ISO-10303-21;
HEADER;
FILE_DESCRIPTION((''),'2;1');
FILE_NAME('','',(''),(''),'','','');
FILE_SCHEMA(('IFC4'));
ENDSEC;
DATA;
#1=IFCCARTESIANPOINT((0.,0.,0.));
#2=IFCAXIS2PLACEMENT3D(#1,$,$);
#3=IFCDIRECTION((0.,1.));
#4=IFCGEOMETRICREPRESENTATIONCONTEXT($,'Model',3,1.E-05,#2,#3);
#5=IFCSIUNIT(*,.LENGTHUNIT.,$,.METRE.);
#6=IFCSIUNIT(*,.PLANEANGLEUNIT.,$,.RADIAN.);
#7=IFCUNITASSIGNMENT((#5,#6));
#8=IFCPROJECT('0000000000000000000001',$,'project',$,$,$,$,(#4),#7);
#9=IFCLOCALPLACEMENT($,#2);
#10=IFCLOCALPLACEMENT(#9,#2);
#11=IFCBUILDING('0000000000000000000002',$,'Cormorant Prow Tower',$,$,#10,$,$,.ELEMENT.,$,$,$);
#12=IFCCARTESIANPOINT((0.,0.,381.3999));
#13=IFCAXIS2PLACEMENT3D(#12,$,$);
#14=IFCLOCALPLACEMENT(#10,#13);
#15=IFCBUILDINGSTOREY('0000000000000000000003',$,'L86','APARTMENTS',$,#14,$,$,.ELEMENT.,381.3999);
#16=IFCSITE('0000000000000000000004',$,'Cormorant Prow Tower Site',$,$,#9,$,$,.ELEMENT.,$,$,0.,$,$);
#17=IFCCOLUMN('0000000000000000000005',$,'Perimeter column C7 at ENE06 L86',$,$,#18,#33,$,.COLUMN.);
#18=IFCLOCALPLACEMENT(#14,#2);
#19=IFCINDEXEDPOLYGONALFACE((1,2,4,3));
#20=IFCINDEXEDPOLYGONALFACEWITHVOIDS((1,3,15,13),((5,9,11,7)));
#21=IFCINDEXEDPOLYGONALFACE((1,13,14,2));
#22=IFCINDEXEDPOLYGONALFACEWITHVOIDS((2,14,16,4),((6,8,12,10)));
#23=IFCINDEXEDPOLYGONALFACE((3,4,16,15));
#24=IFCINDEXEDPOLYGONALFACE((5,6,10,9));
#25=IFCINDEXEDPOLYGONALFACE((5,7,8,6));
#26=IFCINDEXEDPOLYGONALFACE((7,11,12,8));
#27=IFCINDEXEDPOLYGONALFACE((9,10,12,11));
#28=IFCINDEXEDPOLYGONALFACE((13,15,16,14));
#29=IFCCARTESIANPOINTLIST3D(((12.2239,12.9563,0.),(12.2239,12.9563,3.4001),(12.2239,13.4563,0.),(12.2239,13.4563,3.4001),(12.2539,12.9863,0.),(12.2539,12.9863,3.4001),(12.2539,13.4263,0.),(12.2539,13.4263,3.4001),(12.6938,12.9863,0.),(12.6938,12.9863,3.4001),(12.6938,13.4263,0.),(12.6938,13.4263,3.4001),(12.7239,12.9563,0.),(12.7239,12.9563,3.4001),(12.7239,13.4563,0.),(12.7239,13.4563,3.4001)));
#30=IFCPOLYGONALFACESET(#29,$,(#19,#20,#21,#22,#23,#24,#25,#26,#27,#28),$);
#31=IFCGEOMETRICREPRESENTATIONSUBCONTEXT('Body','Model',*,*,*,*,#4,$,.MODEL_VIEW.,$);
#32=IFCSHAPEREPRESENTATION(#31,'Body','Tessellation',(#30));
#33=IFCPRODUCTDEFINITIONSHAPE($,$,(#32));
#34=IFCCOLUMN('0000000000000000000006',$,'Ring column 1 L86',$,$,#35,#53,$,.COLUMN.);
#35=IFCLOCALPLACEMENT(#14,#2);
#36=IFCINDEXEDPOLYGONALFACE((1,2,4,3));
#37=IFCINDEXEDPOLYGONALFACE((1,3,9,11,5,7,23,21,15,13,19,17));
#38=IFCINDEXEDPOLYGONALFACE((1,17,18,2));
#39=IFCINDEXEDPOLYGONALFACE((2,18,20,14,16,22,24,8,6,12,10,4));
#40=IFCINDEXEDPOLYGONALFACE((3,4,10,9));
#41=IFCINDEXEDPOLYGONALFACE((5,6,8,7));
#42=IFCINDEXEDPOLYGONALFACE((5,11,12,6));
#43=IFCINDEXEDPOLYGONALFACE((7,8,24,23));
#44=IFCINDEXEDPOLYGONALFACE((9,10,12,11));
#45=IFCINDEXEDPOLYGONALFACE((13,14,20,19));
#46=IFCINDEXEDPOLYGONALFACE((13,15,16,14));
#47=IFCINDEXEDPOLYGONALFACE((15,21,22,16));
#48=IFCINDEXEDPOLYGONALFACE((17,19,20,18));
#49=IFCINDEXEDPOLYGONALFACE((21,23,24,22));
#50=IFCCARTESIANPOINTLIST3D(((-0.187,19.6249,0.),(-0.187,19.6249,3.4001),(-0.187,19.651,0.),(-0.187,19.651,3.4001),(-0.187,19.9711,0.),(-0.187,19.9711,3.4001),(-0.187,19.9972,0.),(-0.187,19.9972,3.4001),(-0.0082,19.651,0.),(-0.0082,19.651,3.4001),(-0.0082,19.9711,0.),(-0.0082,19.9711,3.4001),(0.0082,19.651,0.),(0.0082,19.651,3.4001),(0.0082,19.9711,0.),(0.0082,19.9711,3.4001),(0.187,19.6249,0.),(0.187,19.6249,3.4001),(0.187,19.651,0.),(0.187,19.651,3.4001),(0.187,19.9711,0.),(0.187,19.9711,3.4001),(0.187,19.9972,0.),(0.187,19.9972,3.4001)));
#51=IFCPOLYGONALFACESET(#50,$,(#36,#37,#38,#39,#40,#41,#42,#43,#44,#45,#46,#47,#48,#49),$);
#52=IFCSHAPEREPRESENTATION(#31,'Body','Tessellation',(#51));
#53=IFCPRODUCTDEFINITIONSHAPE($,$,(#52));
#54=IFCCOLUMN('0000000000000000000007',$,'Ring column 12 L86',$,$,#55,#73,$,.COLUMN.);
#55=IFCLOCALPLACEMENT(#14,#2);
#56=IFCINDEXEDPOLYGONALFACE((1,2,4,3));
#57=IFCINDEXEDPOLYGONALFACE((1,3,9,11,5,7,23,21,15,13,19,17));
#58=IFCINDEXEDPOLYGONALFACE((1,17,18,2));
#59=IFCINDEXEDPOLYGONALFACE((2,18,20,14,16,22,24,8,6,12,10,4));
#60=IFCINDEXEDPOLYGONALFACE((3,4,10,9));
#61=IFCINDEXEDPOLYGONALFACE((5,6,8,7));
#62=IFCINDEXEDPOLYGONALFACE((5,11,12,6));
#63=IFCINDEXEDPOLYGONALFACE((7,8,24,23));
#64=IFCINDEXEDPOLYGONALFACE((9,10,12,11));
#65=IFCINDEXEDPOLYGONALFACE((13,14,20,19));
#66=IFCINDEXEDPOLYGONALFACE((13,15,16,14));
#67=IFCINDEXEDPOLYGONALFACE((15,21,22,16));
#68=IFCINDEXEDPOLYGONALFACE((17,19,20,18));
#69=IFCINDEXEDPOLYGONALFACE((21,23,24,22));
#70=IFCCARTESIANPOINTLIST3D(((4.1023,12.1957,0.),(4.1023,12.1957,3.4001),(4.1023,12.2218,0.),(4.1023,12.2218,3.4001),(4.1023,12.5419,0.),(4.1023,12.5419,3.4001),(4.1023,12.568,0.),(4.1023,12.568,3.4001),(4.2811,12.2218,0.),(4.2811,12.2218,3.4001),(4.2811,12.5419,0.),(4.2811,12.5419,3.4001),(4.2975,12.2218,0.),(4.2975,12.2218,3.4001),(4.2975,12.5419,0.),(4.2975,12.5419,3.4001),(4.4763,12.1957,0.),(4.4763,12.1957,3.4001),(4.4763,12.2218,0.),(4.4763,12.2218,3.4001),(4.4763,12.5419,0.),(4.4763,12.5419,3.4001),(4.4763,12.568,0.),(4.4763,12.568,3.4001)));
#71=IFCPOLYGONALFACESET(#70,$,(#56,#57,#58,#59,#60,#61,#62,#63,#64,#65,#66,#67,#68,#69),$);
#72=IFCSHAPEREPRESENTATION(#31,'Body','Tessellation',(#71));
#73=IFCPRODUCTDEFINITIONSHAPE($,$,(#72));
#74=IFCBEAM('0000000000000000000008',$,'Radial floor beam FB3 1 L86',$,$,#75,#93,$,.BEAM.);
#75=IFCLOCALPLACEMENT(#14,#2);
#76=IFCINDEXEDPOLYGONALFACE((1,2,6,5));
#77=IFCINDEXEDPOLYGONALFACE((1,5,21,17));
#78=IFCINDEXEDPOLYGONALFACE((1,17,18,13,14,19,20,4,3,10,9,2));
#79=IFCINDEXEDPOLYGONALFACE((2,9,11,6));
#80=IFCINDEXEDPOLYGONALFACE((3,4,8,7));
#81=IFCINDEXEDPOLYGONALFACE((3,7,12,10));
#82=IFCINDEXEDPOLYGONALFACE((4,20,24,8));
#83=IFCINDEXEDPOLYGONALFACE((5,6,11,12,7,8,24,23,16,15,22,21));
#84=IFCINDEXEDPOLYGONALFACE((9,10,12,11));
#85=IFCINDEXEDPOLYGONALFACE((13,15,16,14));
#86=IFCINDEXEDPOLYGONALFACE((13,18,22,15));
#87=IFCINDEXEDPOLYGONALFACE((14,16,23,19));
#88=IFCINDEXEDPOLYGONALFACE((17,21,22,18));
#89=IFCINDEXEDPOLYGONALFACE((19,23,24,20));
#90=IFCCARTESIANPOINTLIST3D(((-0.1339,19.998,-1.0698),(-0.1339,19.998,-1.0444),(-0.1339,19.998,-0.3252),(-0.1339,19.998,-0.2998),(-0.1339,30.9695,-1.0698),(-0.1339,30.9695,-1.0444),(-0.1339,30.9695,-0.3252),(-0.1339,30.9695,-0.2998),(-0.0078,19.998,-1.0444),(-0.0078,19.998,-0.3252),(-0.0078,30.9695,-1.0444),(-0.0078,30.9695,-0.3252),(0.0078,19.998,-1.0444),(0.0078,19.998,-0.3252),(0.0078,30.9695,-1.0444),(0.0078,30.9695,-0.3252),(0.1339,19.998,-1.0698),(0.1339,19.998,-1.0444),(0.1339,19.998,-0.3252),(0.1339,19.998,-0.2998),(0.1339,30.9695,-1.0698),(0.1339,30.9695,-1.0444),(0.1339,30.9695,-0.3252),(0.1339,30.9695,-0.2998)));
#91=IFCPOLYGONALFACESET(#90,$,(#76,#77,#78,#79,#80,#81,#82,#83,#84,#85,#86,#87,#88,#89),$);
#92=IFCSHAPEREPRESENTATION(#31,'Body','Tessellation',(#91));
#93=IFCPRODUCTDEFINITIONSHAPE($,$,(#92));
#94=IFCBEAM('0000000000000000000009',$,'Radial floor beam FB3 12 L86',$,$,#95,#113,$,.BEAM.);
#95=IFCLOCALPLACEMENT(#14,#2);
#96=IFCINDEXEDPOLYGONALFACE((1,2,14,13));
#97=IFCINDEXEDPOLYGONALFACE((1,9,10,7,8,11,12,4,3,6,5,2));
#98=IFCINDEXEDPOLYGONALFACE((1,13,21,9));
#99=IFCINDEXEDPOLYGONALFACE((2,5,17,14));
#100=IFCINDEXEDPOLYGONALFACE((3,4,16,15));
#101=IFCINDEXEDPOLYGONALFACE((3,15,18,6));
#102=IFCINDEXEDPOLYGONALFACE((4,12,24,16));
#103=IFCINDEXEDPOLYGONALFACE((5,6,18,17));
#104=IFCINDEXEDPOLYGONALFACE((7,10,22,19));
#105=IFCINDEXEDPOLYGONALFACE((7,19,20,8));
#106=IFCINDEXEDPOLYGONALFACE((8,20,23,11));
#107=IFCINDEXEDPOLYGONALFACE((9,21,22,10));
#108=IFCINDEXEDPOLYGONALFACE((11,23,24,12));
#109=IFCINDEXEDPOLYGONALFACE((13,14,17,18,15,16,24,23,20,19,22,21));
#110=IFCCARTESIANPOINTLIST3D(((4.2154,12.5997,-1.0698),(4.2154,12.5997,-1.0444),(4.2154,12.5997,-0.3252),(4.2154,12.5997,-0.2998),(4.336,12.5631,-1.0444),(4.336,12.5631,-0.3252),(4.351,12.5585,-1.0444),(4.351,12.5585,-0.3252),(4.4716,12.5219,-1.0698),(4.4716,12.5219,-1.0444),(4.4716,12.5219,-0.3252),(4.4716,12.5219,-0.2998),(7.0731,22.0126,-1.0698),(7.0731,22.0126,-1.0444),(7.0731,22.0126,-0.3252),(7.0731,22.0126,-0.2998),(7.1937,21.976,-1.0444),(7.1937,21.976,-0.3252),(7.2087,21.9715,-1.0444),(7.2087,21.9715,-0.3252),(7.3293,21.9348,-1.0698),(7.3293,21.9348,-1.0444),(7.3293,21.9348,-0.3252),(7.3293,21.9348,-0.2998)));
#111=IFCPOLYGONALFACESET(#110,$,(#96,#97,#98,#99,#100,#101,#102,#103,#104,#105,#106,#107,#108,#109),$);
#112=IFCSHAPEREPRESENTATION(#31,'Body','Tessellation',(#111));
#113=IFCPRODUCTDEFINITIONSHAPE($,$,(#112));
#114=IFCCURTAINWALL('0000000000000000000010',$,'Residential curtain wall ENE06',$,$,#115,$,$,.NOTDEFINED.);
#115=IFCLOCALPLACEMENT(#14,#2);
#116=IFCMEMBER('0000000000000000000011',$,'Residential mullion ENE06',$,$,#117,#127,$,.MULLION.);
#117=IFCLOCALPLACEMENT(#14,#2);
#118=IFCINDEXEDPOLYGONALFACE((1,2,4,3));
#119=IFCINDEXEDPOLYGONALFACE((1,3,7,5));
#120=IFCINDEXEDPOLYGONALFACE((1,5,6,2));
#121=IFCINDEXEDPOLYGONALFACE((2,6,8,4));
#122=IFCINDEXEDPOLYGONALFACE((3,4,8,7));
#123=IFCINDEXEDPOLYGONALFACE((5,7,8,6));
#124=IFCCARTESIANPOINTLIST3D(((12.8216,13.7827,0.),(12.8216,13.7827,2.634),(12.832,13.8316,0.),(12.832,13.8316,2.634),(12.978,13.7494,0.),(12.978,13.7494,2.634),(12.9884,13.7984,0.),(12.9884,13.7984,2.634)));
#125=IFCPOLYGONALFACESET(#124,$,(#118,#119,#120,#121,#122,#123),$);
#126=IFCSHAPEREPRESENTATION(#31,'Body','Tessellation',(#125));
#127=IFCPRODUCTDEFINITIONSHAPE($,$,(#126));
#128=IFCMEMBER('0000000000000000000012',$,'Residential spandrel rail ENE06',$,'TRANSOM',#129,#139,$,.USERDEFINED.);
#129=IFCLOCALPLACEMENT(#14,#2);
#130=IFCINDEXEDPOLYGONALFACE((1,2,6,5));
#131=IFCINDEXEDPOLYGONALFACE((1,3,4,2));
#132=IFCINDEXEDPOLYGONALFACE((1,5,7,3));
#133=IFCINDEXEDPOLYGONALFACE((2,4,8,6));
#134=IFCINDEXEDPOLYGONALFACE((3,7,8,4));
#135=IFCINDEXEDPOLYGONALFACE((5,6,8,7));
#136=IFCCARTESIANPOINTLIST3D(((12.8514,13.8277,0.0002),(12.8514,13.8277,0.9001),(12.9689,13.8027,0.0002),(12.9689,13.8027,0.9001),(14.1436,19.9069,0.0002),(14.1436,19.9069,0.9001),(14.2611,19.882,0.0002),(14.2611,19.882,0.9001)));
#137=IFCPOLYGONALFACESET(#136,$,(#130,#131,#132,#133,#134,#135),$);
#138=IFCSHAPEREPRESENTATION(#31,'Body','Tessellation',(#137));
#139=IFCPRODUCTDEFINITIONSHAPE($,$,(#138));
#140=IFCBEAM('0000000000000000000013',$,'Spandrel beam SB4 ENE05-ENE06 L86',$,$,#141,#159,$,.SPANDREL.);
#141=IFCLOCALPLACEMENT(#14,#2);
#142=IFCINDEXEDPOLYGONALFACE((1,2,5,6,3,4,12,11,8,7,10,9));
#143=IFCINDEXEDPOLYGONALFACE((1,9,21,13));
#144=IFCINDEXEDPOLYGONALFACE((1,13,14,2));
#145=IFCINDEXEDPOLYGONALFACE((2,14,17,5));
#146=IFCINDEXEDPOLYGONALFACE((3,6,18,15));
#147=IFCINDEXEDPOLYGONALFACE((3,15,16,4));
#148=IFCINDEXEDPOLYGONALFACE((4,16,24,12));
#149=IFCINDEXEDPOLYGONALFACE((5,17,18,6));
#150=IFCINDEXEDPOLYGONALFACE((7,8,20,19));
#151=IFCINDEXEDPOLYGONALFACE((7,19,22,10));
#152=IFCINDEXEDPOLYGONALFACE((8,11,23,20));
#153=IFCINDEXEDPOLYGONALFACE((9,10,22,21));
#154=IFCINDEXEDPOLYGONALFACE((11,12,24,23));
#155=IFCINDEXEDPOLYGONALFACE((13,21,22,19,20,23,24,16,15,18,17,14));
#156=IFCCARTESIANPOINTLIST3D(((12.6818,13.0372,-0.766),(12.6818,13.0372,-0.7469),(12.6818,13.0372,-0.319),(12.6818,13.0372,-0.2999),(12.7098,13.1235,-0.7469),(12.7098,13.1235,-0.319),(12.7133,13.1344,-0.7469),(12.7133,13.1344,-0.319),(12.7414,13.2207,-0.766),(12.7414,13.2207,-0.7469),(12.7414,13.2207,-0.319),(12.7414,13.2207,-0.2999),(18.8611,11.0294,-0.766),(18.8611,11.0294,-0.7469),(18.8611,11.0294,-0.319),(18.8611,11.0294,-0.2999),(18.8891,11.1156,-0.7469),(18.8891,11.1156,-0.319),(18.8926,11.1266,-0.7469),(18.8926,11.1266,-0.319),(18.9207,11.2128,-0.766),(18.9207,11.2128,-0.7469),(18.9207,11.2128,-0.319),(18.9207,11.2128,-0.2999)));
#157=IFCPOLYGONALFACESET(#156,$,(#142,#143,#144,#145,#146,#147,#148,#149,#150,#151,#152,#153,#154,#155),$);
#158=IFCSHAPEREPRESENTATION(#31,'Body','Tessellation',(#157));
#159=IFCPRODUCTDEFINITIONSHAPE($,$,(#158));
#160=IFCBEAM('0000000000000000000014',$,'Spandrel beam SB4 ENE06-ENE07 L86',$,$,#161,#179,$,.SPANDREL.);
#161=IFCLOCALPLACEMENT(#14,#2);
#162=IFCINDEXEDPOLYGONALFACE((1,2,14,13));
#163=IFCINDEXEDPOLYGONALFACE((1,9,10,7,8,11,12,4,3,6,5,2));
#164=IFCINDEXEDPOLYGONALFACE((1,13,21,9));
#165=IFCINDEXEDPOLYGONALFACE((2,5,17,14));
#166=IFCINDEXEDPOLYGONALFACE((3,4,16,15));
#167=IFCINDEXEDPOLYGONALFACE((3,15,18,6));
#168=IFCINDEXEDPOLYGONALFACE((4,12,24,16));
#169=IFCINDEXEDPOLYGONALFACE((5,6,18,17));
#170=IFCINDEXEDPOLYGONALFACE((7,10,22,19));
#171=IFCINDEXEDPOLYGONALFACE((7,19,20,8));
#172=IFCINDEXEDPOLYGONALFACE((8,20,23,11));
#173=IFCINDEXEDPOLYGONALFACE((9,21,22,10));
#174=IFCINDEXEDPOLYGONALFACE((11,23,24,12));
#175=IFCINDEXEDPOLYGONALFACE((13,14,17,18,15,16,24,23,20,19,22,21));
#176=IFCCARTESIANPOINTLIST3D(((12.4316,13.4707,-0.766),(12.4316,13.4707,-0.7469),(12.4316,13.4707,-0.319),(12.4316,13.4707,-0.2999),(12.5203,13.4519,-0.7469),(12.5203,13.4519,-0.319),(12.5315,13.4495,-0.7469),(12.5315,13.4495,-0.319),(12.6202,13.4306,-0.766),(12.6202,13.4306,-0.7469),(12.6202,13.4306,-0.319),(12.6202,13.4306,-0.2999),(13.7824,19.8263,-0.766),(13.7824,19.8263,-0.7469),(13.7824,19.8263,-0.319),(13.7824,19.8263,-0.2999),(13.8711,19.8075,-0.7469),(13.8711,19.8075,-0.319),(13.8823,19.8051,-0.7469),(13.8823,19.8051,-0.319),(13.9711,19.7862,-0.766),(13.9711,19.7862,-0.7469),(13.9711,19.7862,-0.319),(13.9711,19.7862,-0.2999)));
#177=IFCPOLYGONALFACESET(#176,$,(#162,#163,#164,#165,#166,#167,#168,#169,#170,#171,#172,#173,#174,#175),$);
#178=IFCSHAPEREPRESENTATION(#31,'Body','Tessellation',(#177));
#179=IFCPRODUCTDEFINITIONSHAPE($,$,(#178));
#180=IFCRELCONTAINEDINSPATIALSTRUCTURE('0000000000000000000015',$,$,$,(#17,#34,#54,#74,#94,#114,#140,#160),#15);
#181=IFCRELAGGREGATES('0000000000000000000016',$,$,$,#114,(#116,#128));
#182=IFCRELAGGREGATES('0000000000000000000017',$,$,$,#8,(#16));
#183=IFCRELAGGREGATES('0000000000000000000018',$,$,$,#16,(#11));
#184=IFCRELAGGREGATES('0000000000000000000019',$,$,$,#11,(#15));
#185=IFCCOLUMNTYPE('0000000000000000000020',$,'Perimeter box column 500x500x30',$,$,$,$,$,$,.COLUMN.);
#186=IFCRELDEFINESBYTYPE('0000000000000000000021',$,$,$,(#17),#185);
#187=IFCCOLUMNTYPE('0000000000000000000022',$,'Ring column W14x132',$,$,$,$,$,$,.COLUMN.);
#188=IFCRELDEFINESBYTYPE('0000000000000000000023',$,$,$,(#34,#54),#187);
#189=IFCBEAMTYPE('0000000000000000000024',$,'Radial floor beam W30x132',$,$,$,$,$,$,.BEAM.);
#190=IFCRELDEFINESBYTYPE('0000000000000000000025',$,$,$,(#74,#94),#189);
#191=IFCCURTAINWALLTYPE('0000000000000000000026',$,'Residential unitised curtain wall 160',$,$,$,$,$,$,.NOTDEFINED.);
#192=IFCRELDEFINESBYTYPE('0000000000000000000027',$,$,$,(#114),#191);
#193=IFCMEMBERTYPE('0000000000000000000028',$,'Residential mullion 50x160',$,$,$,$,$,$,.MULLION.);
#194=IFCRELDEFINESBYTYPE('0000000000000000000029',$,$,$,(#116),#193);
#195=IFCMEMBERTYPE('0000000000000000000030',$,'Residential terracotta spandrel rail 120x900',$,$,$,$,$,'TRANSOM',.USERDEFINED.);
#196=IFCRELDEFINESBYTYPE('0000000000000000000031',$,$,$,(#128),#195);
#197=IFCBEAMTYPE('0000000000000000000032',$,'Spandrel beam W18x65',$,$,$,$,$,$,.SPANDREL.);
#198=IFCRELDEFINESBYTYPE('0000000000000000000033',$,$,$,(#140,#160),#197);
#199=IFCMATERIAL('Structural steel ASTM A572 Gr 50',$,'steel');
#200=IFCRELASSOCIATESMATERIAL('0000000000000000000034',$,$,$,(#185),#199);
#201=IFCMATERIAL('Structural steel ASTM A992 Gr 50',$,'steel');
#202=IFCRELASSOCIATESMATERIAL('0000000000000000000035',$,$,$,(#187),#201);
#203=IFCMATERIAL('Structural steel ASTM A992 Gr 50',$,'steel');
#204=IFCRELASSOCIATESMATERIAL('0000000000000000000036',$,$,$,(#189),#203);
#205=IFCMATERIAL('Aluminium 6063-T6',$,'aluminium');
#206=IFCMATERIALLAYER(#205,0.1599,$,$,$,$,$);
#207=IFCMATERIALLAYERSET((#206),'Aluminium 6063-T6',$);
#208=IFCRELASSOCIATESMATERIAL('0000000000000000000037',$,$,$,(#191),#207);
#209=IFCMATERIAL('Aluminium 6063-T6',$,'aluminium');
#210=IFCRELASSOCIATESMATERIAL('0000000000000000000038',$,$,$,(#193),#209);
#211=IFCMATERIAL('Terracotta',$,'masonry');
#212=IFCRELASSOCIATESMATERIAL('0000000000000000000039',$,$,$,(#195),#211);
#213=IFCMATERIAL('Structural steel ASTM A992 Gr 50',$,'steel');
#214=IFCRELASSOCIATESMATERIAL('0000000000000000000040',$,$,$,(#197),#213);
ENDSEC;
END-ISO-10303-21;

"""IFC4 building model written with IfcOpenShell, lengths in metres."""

from ifc_helpers import new_model, si_unit, direction, frame, origin, origin_2d, place, context, subcontext, project, spatial, rectangle, hollow_rectangle, i_section, extrude, material, layer, layer_set, material_profile, profile_set, type_object, element, aggregate, save


model = new_model("IFC4")

# Units and contexts
model_context = context("Model", 3, precision=1e-05, world=origin(), true_north=direction((0.0, 1.0)))
body_context = subcontext(model_context, "Body", "Model", "MODEL_VIEW")
ifc_project = project(units=[si_unit("LENGTHUNIT", "METRE"), si_unit("PLANEANGLEUNIT", "RADIAN")], contexts=[model_context])

# Site, building, storey
site_placement = place(None, origin())
site = spatial("IfcSite", under=ifc_project, at=site_placement, Name="Cormorant Prow Tower Site", CompositionType="ELEMENT", RefElevation=0.0)
building_placement = place(site_placement, origin())
building = spatial("IfcBuilding", under=site, at=building_placement, Name="Cormorant Prow Tower", CompositionType="ELEMENT")
storey_placement = place(building_placement, frame((0.0, 0.0, 381.3999)))
storey = spatial("IfcBuildingStorey", under=building, at=storey_placement, Name="L86", Description="APARTMENTS", CompositionType="ELEMENT", Elevation=381.3999)

# Columns
ifc_material_1 = material(Name="Structural steel ASTM A572 Gr 50", Category="steel")
ifc_material_profile_1 = material_profile(ifc_material_1, hollow_rectangle(XDim=0.5, YDim=0.5, WallThickness=0.03, at=origin_2d()), Name="Box 500x500x30")
ifc_profile_set_1 = profile_set([ifc_material_profile_1], Name="Structural steel ASTM A572 Gr 50")
column_type_1 = type_object("IfcColumnType", Name="Perimeter box column 500x500x30", PredefinedType="COLUMN", material=ifc_profile_set_1)
column_placement = place(storey_placement, frame((12.4739, 13.2063, 0.0), z_axis=(0.0, 0.0, 1.0), x_axis=(1.0, 0.0, 0.0)))
element("IfcColumn", 1, at=column_placement, inside=storey, type_object=column_type_1, Name="Perimeter column C7 at ENE06 L86", PredefinedType="COLUMN", context=body_context, shape_type="SweptSolid", body=[
    extrude(hollow_rectangle(XDim=0.5, YDim=0.5, WallThickness=0.03, at=origin_2d()), origin(), (0.0, 0.0, 1.0), 3.4001),
])
ifc_material_2 = material(Name="Structural steel ASTM A992 Gr 50", Category="steel")
ifc_material_profile_2 = material_profile(ifc_material_2, i_section(OverallWidth=0.374, OverallDepth=0.3723, WebThickness=0.0164, FlangeThickness=0.0261, at=origin_2d()), Name="W14x132")
ifc_profile_set_2 = profile_set([ifc_material_profile_2], Name="Structural steel ASTM A992 Gr 50")
column_type_2 = type_object("IfcColumnType", Name="Ring column W14x132", PredefinedType="COLUMN", material=ifc_profile_set_2)
for number, where, z_axis, x_axis, name in (
    (2, (0.0, 19.811, 0.0), (0.0, 0.0, 1.0), (1.0, 0.0, 0.0), "Ring column 1 L86"),
    (3, (4.2893, 12.3818, 0.0), (0.0, 0.0, 1.0), (1.0, 0.0, 0.0), "Ring column 12 L86"),
):
    element("IfcColumn", number, at=place(storey_placement, frame(where, z_axis=z_axis, x_axis=x_axis)), inside=storey, type_object=column_type_2, Name=name, PredefinedType="COLUMN", context=body_context, shape_type="SweptSolid", body=[
        extrude(i_section(OverallWidth=0.374, OverallDepth=0.3723, WebThickness=0.0164, FlangeThickness=0.0261, at=origin_2d()), origin(), (0.0, 0.0, 1.0), 3.4001),
    ])

# Beams
ifc_material_3 = material(Name="Structural steel ASTM A992 Gr 50", Category="steel")
ifc_material_profile_3 = material_profile(ifc_material_3, i_section(OverallWidth=0.2678, OverallDepth=0.77, WebThickness=0.0156, FlangeThickness=0.0254, at=origin_2d()), Name="W30x132")
ifc_profile_set_3 = profile_set([ifc_material_profile_3], Name="Structural steel ASTM A992 Gr 50")
beam_type_1 = type_object("IfcBeamType", Name="Radial floor beam W30x132", PredefinedType="BEAM", material=ifc_profile_set_3)
beam_1_placement = place(storey_placement, frame((0.0, 19.998, -0.6848), z_axis=(0.0, 1.0, 0.0), x_axis=(-1.0, 0.0, 0.0)))
element("IfcBeam", 4, at=beam_1_placement, inside=storey, type_object=beam_type_1, Name="Radial floor beam FB3 1 L86", PredefinedType="BEAM", context=body_context, shape_type="SweptSolid", body=[
    extrude(i_section(OverallWidth=0.2678, OverallDepth=0.77, WebThickness=0.0156, FlangeThickness=0.0254, at=origin_2d()), origin(), (0.0, 0.0, 1.0), 10.9714),
])
beam_2_placement = place(storey_placement, frame((4.3435, 12.5608, -0.6848), z_axis=(0.2905, 0.956875, 0.0), x_axis=(-0.956875, 0.2905, 0.0)))
element("IfcBeam", 5, at=beam_2_placement, inside=storey, type_object=beam_type_1, Name="Radial floor beam FB3 12 L86", PredefinedType="BEAM", context=body_context, shape_type="SweptSolid", body=[
    extrude(i_section(OverallWidth=0.2678, OverallDepth=0.77, WebThickness=0.0156, FlangeThickness=0.0254, at=origin_2d()), origin(), (0.0, 0.0, 1.0), 9.8372),
])

# Curtain wall, members
ifc_material_4 = material(Name="Aluminium 6063-T6", Category="aluminium")
ifc_layer_1 = layer(ifc_material_4, 0.1599)
ifc_layer_set_1 = layer_set([ifc_layer_1], Name="Aluminium 6063-T6")
curtain_wall_type = type_object("IfcCurtainWallType", Name="Residential unitised curtain wall 160", PredefinedType="NOTDEFINED", material=ifc_layer_set_1)
curtain_wall_placement = place(storey_placement, origin())
curtain_wall = element("IfcCurtainWall", 6, at=curtain_wall_placement, inside=storey, type_object=curtain_wall_type, Name="Residential curtain wall ENE06", PredefinedType="NOTDEFINED")
ifc_material_5 = material(Name="Aluminium 6063-T6", Category="aluminium")
ifc_material_profile_4 = material_profile(ifc_material_5, rectangle(XDim=0.1599, YDim=0.05, at=origin_2d()), Name="Residential mullion 50x160")
ifc_profile_set_4 = profile_set([ifc_material_profile_4], Name="Aluminium 6063-T6")
member_type_1 = type_object("IfcMemberType", Name="Residential mullion 50x160", PredefinedType="MULLION", material=ifc_profile_set_4)
member_1_placement = place(storey_placement, frame((12.905, 13.7905, 0.0), z_axis=(0.0, 0.0, 1.0), x_axis=(-0.978148, 0.207912, 0.0)))
member_1 = element("IfcMember", 7, at=member_1_placement, type_object=member_type_1, Name="Residential mullion ENE06", PredefinedType="MULLION", context=body_context, shape_type="SweptSolid", body=[
    extrude(rectangle(XDim=0.1599, YDim=0.05, at=origin_2d()), origin(), (0.0, 0.0, 1.0), 2.634),
])
ifc_material_6 = material(Name="Terracotta", Category="masonry")
ifc_material_profile_5 = material_profile(ifc_material_6, rectangle(XDim=0.1201, YDim=0.8999, at=origin_2d()), Name="Residential terracotta spandrel rail 120x900")
ifc_profile_set_5 = profile_set([ifc_material_profile_5], Name="Terracotta")
member_type_2 = type_object("IfcMemberType", Name="Residential terracotta spandrel rail 120x900", ElementType="TRANSOM", PredefinedType="USERDEFINED", material=ifc_profile_set_5)
member_2_placement = place(storey_placement, frame((12.9102, 13.8152, 0.4502), z_axis=(0.207917, 0.978147, 0.0), x_axis=(-0.978147, 0.207917, 0.0)))
member_2 = element("IfcMember", 8, at=member_2_placement, type_object=member_type_2, Name="Residential spandrel rail ENE06", ObjectType="TRANSOM", PredefinedType="USERDEFINED", context=body_context, shape_type="SweptSolid", body=[
    extrude(rectangle(XDim=0.1201, YDim=0.8999, at=origin_2d()), origin(), (0.0, 0.0, 1.0), 6.2151),
])

# Beams
ifc_material_7 = material(Name="Structural steel ASTM A992 Gr 50", Category="steel")
ifc_material_profile_6 = material_profile(ifc_material_7, i_section(OverallWidth=0.1929, OverallDepth=0.4661, WebThickness=0.0115, FlangeThickness=0.019, at=origin_2d()), Name="W18x65")
ifc_profile_set_6 = profile_set([ifc_material_profile_6], Name="Structural steel ASTM A992 Gr 50")
beam_type_2 = type_object("IfcBeamType", Name="Spandrel beam W18x65", PredefinedType="SPANDREL", material=ifc_profile_set_6)
beam_3_placement = place(storey_placement, frame((18.8909, 11.1211, -0.533), z_axis=(-0.951053, 0.309027, 0.0), x_axis=(-0.309027, -0.951053, 0.0)))
element("IfcBeam", 9, at=beam_3_placement, inside=storey, type_object=beam_type_2, Name="Spandrel beam SB4 ENE05-ENE06 L86", PredefinedType="SPANDREL", context=body_context, shape_type="SweptSolid", body=[
    extrude(i_section(OverallWidth=0.1929, OverallDepth=0.4661, WebThickness=0.0115, FlangeThickness=0.019, at=origin_2d()), origin(), (0.0, 0.0, 1.0), 6.4973),
])
beam_4_placement = place(storey_placement, frame((12.5259, 13.4507, -0.533), z_axis=(0.207902, 0.97815, 0.0), x_axis=(-0.97815, 0.207902, 0.0)))
element("IfcBeam", 10, at=beam_4_placement, inside=storey, type_object=beam_type_2, Name="Spandrel beam SB4 ENE06-ENE07 L86", PredefinedType="SPANDREL", context=body_context, shape_type="SweptSolid", body=[
    extrude(i_section(OverallWidth=0.1929, OverallDepth=0.4661, WebThickness=0.0115, FlangeThickness=0.019, at=origin_2d()), origin(), (0.0, 0.0, 1.0), 6.4976),
])

aggregate(curtain_wall, [member_1, member_2])

save(model, "model.ifc")
